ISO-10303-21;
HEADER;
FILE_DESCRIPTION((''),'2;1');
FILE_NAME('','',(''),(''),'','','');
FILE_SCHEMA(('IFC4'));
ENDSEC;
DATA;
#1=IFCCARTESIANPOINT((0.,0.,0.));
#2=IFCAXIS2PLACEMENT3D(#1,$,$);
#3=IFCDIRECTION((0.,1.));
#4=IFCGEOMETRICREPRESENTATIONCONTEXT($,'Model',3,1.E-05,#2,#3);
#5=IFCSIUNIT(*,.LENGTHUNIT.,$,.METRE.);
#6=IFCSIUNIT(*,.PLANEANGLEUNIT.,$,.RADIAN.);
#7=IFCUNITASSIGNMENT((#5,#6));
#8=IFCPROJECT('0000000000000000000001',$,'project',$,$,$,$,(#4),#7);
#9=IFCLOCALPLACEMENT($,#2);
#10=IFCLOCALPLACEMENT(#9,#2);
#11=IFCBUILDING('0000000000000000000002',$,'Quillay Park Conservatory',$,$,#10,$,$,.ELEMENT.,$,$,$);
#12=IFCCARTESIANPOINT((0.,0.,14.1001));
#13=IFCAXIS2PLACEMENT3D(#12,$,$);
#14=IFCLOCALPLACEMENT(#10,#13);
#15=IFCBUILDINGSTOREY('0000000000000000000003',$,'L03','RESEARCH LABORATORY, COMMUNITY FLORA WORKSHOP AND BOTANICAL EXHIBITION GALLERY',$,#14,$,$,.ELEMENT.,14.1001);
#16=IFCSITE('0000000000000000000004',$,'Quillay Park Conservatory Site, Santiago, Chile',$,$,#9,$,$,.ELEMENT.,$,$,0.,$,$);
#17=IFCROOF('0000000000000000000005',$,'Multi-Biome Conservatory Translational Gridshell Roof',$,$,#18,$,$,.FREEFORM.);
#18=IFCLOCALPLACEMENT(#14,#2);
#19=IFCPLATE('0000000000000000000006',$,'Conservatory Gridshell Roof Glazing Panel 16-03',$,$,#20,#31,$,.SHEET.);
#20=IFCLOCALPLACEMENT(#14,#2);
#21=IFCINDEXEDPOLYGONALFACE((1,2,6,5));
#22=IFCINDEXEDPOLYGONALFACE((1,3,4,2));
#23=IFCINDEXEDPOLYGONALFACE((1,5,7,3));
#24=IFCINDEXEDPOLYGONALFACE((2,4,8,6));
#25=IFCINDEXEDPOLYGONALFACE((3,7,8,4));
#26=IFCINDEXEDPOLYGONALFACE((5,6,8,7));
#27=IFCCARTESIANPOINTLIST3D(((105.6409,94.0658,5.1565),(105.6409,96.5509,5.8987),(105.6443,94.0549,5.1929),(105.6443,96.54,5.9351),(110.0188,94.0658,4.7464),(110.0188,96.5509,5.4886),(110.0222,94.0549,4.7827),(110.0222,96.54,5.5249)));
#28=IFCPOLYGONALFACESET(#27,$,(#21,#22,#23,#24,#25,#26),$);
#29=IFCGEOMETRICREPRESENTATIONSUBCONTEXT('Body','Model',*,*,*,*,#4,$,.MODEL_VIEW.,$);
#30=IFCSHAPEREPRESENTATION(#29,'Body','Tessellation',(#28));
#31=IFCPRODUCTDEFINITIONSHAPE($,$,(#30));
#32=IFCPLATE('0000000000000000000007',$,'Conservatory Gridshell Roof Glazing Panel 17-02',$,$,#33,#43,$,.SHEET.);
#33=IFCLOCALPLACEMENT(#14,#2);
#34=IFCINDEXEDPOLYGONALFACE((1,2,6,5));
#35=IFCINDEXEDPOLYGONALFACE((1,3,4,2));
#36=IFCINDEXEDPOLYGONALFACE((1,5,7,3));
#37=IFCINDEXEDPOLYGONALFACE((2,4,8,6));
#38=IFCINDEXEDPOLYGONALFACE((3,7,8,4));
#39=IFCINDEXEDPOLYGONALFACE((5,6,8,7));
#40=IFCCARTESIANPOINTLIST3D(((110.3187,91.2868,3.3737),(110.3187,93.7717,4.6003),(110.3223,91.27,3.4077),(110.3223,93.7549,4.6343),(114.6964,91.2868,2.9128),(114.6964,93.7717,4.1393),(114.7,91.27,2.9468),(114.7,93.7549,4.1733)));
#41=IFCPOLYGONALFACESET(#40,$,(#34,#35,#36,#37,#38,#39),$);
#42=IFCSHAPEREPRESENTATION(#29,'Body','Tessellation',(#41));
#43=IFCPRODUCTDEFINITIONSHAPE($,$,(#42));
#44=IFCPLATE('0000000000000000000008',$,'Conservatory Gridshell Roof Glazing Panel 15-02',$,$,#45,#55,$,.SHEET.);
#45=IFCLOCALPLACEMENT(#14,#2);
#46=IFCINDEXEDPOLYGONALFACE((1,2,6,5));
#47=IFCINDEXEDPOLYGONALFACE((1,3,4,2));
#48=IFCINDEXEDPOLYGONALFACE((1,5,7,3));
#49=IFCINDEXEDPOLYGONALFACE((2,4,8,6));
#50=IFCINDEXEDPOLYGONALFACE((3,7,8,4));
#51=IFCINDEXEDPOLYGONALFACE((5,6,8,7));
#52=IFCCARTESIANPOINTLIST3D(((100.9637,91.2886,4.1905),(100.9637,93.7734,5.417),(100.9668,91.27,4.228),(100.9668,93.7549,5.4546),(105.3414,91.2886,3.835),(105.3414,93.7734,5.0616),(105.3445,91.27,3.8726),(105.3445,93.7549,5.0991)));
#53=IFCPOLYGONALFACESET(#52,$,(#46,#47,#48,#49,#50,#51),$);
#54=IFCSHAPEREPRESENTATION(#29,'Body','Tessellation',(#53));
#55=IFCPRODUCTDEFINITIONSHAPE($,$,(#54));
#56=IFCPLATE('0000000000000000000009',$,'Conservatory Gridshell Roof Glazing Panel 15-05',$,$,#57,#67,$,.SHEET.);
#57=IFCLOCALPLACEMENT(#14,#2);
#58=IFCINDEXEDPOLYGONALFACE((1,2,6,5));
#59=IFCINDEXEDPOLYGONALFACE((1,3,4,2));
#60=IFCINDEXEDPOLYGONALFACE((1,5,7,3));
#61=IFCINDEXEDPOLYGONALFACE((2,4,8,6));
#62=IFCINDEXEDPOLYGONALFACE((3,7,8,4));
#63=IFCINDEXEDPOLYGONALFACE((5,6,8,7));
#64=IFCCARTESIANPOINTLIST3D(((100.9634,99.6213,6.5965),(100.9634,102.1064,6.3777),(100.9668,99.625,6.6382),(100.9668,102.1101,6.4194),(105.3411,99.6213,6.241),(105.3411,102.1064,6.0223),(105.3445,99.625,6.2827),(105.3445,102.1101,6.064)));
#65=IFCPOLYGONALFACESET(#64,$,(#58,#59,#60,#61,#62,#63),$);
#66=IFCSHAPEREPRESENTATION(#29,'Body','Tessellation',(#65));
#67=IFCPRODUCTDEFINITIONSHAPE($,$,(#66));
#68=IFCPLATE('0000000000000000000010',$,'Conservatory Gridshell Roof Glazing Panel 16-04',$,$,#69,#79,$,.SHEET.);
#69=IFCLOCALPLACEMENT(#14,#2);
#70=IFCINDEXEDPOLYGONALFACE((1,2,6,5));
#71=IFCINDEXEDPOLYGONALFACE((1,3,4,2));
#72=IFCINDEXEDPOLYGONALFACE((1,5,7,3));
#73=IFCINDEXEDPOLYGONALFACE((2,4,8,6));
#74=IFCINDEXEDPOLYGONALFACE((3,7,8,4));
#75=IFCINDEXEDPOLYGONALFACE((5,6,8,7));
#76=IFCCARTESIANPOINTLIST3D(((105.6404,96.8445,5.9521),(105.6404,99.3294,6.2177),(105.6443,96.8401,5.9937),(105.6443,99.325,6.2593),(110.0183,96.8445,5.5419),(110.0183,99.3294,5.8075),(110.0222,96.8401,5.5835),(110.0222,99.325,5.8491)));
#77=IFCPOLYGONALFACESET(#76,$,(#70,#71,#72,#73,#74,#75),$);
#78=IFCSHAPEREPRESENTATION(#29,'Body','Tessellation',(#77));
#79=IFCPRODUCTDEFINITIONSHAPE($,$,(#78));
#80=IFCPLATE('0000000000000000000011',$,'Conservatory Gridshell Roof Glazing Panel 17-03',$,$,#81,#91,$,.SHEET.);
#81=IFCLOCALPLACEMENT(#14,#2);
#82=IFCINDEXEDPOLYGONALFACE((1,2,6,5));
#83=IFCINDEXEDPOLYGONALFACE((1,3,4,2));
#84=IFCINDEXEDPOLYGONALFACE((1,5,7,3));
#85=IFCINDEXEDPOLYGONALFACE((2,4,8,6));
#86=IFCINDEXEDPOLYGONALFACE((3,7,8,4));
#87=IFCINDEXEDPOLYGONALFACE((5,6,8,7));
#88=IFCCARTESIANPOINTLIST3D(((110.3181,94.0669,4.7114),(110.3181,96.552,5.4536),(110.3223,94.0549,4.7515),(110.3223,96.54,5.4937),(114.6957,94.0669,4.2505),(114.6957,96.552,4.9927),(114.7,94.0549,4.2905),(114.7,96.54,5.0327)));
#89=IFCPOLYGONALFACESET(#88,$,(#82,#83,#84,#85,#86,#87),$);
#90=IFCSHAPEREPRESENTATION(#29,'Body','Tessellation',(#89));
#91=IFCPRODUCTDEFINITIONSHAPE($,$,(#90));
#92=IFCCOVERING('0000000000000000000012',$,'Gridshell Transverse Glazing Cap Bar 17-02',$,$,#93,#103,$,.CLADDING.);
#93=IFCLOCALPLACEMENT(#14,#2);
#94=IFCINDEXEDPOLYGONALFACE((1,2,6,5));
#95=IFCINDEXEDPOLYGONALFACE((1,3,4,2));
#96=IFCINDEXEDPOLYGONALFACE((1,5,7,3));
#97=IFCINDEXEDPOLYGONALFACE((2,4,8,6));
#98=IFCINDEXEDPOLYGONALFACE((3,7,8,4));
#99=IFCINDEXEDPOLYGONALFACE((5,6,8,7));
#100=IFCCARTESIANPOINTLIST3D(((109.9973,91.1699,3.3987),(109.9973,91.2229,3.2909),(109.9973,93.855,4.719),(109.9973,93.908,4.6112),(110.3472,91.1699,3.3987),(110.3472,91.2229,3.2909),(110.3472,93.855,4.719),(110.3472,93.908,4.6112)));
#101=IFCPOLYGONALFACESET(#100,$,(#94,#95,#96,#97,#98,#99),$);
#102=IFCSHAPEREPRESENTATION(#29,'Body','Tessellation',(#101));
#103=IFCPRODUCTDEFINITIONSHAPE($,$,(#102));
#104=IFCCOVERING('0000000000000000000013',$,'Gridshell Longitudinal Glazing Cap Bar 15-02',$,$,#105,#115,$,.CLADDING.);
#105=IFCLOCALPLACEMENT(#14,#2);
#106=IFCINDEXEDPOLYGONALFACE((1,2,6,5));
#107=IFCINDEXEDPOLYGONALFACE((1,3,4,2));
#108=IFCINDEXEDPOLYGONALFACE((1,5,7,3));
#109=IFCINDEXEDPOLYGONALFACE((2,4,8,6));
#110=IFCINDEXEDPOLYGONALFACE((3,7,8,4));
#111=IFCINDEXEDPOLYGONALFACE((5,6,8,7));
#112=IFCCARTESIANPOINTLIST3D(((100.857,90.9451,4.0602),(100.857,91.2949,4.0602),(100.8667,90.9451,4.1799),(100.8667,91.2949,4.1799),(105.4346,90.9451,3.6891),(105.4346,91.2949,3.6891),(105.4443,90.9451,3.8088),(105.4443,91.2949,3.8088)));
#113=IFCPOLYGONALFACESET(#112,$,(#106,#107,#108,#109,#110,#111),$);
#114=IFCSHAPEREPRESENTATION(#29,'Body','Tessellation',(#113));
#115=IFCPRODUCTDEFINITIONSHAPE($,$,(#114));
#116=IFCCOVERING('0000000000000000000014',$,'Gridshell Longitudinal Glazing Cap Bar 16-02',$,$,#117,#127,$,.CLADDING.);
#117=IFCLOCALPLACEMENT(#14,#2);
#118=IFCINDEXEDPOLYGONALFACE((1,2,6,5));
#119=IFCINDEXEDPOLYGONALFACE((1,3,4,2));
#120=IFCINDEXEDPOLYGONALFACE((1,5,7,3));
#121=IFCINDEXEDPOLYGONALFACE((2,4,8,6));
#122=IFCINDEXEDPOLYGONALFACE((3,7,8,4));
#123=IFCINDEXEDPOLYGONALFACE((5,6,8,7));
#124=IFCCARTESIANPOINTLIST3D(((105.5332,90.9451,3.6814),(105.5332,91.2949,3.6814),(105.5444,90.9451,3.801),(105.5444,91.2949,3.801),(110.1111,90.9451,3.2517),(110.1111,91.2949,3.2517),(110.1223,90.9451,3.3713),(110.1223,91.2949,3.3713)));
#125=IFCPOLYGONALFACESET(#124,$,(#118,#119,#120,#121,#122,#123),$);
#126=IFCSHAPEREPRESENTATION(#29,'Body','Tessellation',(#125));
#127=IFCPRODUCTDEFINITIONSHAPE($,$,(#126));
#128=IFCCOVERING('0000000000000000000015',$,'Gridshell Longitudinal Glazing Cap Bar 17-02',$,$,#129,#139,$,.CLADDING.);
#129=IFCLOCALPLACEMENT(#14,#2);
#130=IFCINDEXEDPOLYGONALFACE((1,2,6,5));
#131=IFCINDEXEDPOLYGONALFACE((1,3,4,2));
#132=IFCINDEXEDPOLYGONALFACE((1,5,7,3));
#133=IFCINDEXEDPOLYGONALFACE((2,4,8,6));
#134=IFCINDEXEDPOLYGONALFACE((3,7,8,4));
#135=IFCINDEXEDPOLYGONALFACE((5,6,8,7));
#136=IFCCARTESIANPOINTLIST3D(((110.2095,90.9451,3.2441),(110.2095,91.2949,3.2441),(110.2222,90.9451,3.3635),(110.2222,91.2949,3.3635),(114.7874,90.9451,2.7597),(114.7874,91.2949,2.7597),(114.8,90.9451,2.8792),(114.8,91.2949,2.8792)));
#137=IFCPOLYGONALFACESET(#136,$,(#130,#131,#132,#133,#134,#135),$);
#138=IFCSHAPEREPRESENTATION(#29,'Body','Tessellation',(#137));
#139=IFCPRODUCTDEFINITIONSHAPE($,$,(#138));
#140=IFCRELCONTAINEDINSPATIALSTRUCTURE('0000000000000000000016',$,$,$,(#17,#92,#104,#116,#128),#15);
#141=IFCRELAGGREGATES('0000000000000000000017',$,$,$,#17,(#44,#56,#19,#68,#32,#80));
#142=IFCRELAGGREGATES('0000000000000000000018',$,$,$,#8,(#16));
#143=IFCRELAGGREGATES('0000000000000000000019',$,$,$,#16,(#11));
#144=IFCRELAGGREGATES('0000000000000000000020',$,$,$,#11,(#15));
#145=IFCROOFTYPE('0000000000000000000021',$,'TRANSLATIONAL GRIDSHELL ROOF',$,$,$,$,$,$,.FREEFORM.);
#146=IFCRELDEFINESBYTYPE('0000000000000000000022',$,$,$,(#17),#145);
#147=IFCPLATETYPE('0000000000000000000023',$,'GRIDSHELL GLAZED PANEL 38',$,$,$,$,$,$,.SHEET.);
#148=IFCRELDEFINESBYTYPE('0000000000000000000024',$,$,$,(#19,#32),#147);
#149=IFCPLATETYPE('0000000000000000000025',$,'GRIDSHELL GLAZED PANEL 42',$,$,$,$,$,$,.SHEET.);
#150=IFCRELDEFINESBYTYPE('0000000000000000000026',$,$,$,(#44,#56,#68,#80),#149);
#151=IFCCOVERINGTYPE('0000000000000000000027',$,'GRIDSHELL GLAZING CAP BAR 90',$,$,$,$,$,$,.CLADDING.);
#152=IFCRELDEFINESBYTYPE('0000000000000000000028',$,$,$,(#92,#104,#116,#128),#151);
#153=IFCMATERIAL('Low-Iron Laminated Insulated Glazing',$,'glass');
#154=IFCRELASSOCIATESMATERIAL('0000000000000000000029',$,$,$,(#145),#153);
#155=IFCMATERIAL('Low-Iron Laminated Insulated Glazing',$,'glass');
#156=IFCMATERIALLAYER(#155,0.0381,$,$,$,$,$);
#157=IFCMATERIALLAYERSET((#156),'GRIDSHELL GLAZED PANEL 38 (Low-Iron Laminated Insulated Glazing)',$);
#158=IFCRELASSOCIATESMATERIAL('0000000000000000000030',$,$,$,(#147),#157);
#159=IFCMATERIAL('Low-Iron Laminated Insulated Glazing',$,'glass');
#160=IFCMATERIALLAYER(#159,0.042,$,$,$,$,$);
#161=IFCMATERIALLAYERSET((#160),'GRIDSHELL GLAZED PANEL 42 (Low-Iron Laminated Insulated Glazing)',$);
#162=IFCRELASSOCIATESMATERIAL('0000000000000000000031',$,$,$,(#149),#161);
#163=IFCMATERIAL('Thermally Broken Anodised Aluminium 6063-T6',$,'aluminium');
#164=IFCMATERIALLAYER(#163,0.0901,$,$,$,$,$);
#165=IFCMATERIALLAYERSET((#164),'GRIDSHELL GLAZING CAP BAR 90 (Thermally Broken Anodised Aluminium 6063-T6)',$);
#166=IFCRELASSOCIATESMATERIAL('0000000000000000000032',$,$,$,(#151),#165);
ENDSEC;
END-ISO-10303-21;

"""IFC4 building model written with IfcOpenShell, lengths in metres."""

from ifc_helpers import new_model, si_unit, direction, frame, origin, place, context, subcontext, project, spatial, polyline, outline, extrude, material, layer, layer_set, type_object, element, aggregate, save


model = new_model("IFC4")

# Units and contexts
model_context = context("Model", 3, precision=1e-05, world=origin(), true_north=direction((0.0, 1.0)))
body_context = subcontext(model_context, "Body", "Model", "MODEL_VIEW")
ifc_project = project(units=[si_unit("LENGTHUNIT", "METRE"), si_unit("PLANEANGLEUNIT", "RADIAN")], contexts=[model_context])

# Site, building, storey
site_placement = place(None, origin())
site = spatial("IfcSite", under=ifc_project, at=site_placement, Name="Quillay Park Conservatory Site, Santiago, Chile", CompositionType="ELEMENT", RefElevation=0.0)
building_placement = place(site_placement, origin())
building = spatial("IfcBuilding", under=site, at=building_placement, Name="Quillay Park Conservatory", CompositionType="ELEMENT")
storey_placement = place(building_placement, frame((0.0, 0.0, 14.1001)))
storey = spatial("IfcBuildingStorey", under=building, at=storey_placement, Name="L03", Description="RESEARCH LABORATORY, COMMUNITY FLORA WORKSHOP AND BOTANICAL EXHIBITION GALLERY", CompositionType="ELEMENT", Elevation=14.1001)

# Roof, plates
ifc_material_1 = material(Name="Low-Iron Laminated Insulated Glazing", Category="glass")
roof_type = type_object("IfcRoofType", Name="TRANSLATIONAL GRIDSHELL ROOF", PredefinedType="FREEFORM", material=ifc_material_1)
roof_placement = place(storey_placement, origin())
roof = element("IfcRoof", 1, at=roof_placement, inside=storey, type_object=roof_type, Name="Multi-Biome Conservatory Translational Gridshell Roof", PredefinedType="FREEFORM")
ifc_material_2 = material(Name="Low-Iron Laminated Insulated Glazing", Category="glass")
ifc_layer_1 = layer(ifc_material_2, 0.0381)
ifc_layer_set_1 = layer_set([ifc_layer_1], Name="GRIDSHELL GLAZED PANEL 38 (Low-Iron Laminated Insulated Glazing)")
plate_type_1 = type_object("IfcPlateType", Name="GRIDSHELL GLAZED PANEL 38", PredefinedType="SHEET", material=ifc_layer_set_1)
plate_1_placement = place(storey_placement, frame((105.6443, 94.0549, 5.1929), z_axis=(0.08941, -0.285018, 0.954343), x_axis=(0.99564, 0.0, -0.093279)))
plate_1 = element("IfcPlate", 2, at=plate_1_placement, type_object=plate_type_1, Name="Conservatory Gridshell Roof Glazing Panel 16-03", PredefinedType="SHEET", context=body_context, shape_type="SweptSolid", body=[
    extrude(outline(polyline([(0.0, 0.0), (4.3971, 0.0), (4.3279, 2.5926), (-0.0692, 2.5926), (0.0, 0.0)])), origin(), (0.0, 0.0, -1.0), 0.0381),
])
plate_2_placement = place(storey_placement, frame((110.3223, 91.27, 3.4077), z_axis=(0.093998, -0.440667, 0.892736), x_axis=(0.994502, 0.0, -0.104714)))
plate_2 = element("IfcPlate", 3, at=plate_2_placement, type_object=plate_type_1, Name="Conservatory Gridshell Roof Glazing Panel 17-02", PredefinedType="SHEET", context=body_context, shape_type="SweptSolid", body=[
    extrude(outline(polyline([(0.0, 0.0), (4.4019, 0.0), (4.2734, 2.7681), (-0.1284, 2.7681), (0.0, 0.0)])), origin(), (0.0, 0.0, -1.0), 0.0381),
])
ifc_material_3 = material(Name="Low-Iron Laminated Insulated Glazing", Category="glass")
ifc_layer_2 = layer(ifc_material_3, 0.042)
ifc_layer_set_2 = layer_set([ifc_layer_2], Name="GRIDSHELL GLAZED PANEL 42 (Low-Iron Laminated Insulated Glazing)")
plate_type_2 = type_object("IfcPlateType", Name="GRIDSHELL GLAZED PANEL 42", PredefinedType="SHEET", material=ifc_layer_set_2)
plate_3_placement = place(storey_placement, frame((100.9668, 91.27, 4.228), z_axis=(0.07262, -0.441458, 0.894339), x_axis=(0.996719, 0.0, -0.080934)))
plate_3 = element("IfcPlate", 4, at=plate_3_placement, type_object=plate_type_2, Name="Conservatory Gridshell Roof Glazing Panel 15-02", PredefinedType="SHEET", context=body_context, shape_type="SweptSolid", body=[
    extrude(outline(polyline([(0.0, 0.0), (4.3921, 0.0), (4.2928, 2.7693), (-0.0993, 2.7693), (0.0, 0.0)])), origin(), (0.0, 0.0, -1.0), 0.042),
])
plate_4_placement = place(storey_placement, frame((100.9668, 99.625, 6.6382), z_axis=(0.080624, 0.0874, 0.992905), x_axis=(0.996719, 0.0, -0.080934)))
plate_4 = element("IfcPlate", 5, at=plate_4_placement, type_object=plate_type_2, Name="Conservatory Gridshell Roof Glazing Panel 15-05", PredefinedType="SHEET", context=body_context, shape_type="SweptSolid", body=[
    extrude(outline(polyline([(0.0, 0.0), (4.3921, 0.0), (4.4098, 2.4947), (0.0177, 2.4947), (0.0, 0.0)])), origin(), (0.0, 0.0, -1.0), 0.042),
])
plate_5_placement = place(storey_placement, frame((105.6443, 96.8401, 5.9937), z_axis=(0.092755, -0.105833, 0.990048), x_axis=(0.99564, 0.0, -0.093279)))
plate_5 = element("IfcPlate", 6, at=plate_5_placement, type_object=plate_type_2, Name="Conservatory Gridshell Roof Glazing Panel 16-04", PredefinedType="SHEET", context=body_context, shape_type="SweptSolid", body=[
    extrude(outline(polyline([(0.0, 0.0), (4.3971, 0.0), (4.3723, 2.4989), (-0.0248, 2.4989), (0.0, 0.0)])), origin(), (0.0, 0.0, -1.0), 0.042),
])
plate_6_placement = place(storey_placement, frame((110.3223, 94.0549, 4.7515), z_axis=(0.10038, -0.284719, 0.953341), x_axis=(0.994502, 0.0, -0.104714)))
plate_6 = element("IfcPlate", 7, at=plate_6_placement, type_object=plate_type_2, Name="Conservatory Gridshell Roof Glazing Panel 17-03", PredefinedType="SHEET", context=body_context, shape_type="SweptSolid", body=[
    extrude(outline(polyline([(0.0, 0.0), (4.4019, 0.0), (4.3242, 2.5924), (-0.0777, 2.5924), (0.0, 0.0)])), origin(), (0.0, 0.0, -1.0), 0.042),
])
aggregate(roof, [plate_3, plate_4, plate_1, plate_5, plate_2, plate_6])

# Coverings
ifc_material_4 = material(Name="Thermally Broken Anodised Aluminium 6063-T6", Category="aluminium")
ifc_layer_3 = layer(ifc_material_4, 0.0901)
ifc_layer_set_3 = layer_set([ifc_layer_3], Name="GRIDSHELL GLAZING CAP BAR 90 (Thermally Broken Anodised Aluminium 6063-T6)")
covering_type = type_object("IfcCoveringType", Name="GRIDSHELL GLAZING CAP BAR 90", PredefinedType="CLADDING", material=ifc_layer_set_3)
covering_1_placement = place(storey_placement, frame((109.9973, 91.1699, 3.3987), z_axis=(0.0, -0.441264, 0.897378), x_axis=(1.0, 0.0, 0.0)))
element("IfcCovering", 8, at=covering_1_placement, inside=storey, type_object=covering_type, Name="Gridshell Transverse Glazing Cap Bar 17-02", PredefinedType="CLADDING", context=body_context, shape_type="SweptSolid", body=[
    extrude(outline(polyline([(0.0, 0.0), (0.3499, 0.0), (0.3499, 2.9921), (0.0, 2.9921), (0.0, 0.0)])), origin(), (0.0, 0.0, -1.0), 0.1201),
])
covering_2_placement = place(storey_placement, frame((100.8667, 90.9451, 4.1799), z_axis=(0.080802, 0.0, 0.99673), x_axis=(0.99673, 0.0, -0.080802)))
element("IfcCovering", 9, at=covering_2_placement, inside=storey, type_object=covering_type, Name="Gridshell Longitudinal Glazing Cap Bar 15-02", PredefinedType="CLADDING", context=body_context, shape_type="SweptSolid", body=[
    extrude(outline(polyline([(0.0, 0.0), (4.5927, 0.0), (4.5927, 0.3499), (0.0, 0.3499), (0.0, 0.0)])), origin(), (0.0, 0.0, -1.0), 0.1201),
])
covering_3_placement = place(storey_placement, frame((105.5444, 90.9451, 3.801), z_axis=(0.093451, 0.0, 0.995624), x_axis=(0.995624, 0.0, -0.093451)))
element("IfcCovering", 10, at=covering_3_placement, inside=storey, type_object=covering_type, Name="Gridshell Longitudinal Glazing Cap Bar 16-02", PredefinedType="CLADDING", context=body_context, shape_type="SweptSolid", body=[
    extrude(outline(polyline([(0.0, 0.0), (4.598, 0.0), (4.598, 0.3499), (0.0, 0.3499), (0.0, 0.0)])), origin(), (0.0, 0.0, -1.0), 0.1201),
])
covering_4_placement = place(storey_placement, frame((110.2222, 90.9451, 3.3635), z_axis=(0.10522, 0.0, 0.994449), x_axis=(0.994449, 0.0, -0.10522)))
element("IfcCovering", 11, at=covering_4_placement, inside=storey, type_object=covering_type, Name="Gridshell Longitudinal Glazing Cap Bar 17-02", PredefinedType="CLADDING", context=body_context, shape_type="SweptSolid", body=[
    extrude(outline(polyline([(0.0, 0.0), (4.6034, 0.0), (4.6034, 0.3499), (0.0, 0.3499), (0.0, 0.0)])), origin(), (0.0, 0.0, -1.0), 0.1201),
])

save(model, "model.ifc")
